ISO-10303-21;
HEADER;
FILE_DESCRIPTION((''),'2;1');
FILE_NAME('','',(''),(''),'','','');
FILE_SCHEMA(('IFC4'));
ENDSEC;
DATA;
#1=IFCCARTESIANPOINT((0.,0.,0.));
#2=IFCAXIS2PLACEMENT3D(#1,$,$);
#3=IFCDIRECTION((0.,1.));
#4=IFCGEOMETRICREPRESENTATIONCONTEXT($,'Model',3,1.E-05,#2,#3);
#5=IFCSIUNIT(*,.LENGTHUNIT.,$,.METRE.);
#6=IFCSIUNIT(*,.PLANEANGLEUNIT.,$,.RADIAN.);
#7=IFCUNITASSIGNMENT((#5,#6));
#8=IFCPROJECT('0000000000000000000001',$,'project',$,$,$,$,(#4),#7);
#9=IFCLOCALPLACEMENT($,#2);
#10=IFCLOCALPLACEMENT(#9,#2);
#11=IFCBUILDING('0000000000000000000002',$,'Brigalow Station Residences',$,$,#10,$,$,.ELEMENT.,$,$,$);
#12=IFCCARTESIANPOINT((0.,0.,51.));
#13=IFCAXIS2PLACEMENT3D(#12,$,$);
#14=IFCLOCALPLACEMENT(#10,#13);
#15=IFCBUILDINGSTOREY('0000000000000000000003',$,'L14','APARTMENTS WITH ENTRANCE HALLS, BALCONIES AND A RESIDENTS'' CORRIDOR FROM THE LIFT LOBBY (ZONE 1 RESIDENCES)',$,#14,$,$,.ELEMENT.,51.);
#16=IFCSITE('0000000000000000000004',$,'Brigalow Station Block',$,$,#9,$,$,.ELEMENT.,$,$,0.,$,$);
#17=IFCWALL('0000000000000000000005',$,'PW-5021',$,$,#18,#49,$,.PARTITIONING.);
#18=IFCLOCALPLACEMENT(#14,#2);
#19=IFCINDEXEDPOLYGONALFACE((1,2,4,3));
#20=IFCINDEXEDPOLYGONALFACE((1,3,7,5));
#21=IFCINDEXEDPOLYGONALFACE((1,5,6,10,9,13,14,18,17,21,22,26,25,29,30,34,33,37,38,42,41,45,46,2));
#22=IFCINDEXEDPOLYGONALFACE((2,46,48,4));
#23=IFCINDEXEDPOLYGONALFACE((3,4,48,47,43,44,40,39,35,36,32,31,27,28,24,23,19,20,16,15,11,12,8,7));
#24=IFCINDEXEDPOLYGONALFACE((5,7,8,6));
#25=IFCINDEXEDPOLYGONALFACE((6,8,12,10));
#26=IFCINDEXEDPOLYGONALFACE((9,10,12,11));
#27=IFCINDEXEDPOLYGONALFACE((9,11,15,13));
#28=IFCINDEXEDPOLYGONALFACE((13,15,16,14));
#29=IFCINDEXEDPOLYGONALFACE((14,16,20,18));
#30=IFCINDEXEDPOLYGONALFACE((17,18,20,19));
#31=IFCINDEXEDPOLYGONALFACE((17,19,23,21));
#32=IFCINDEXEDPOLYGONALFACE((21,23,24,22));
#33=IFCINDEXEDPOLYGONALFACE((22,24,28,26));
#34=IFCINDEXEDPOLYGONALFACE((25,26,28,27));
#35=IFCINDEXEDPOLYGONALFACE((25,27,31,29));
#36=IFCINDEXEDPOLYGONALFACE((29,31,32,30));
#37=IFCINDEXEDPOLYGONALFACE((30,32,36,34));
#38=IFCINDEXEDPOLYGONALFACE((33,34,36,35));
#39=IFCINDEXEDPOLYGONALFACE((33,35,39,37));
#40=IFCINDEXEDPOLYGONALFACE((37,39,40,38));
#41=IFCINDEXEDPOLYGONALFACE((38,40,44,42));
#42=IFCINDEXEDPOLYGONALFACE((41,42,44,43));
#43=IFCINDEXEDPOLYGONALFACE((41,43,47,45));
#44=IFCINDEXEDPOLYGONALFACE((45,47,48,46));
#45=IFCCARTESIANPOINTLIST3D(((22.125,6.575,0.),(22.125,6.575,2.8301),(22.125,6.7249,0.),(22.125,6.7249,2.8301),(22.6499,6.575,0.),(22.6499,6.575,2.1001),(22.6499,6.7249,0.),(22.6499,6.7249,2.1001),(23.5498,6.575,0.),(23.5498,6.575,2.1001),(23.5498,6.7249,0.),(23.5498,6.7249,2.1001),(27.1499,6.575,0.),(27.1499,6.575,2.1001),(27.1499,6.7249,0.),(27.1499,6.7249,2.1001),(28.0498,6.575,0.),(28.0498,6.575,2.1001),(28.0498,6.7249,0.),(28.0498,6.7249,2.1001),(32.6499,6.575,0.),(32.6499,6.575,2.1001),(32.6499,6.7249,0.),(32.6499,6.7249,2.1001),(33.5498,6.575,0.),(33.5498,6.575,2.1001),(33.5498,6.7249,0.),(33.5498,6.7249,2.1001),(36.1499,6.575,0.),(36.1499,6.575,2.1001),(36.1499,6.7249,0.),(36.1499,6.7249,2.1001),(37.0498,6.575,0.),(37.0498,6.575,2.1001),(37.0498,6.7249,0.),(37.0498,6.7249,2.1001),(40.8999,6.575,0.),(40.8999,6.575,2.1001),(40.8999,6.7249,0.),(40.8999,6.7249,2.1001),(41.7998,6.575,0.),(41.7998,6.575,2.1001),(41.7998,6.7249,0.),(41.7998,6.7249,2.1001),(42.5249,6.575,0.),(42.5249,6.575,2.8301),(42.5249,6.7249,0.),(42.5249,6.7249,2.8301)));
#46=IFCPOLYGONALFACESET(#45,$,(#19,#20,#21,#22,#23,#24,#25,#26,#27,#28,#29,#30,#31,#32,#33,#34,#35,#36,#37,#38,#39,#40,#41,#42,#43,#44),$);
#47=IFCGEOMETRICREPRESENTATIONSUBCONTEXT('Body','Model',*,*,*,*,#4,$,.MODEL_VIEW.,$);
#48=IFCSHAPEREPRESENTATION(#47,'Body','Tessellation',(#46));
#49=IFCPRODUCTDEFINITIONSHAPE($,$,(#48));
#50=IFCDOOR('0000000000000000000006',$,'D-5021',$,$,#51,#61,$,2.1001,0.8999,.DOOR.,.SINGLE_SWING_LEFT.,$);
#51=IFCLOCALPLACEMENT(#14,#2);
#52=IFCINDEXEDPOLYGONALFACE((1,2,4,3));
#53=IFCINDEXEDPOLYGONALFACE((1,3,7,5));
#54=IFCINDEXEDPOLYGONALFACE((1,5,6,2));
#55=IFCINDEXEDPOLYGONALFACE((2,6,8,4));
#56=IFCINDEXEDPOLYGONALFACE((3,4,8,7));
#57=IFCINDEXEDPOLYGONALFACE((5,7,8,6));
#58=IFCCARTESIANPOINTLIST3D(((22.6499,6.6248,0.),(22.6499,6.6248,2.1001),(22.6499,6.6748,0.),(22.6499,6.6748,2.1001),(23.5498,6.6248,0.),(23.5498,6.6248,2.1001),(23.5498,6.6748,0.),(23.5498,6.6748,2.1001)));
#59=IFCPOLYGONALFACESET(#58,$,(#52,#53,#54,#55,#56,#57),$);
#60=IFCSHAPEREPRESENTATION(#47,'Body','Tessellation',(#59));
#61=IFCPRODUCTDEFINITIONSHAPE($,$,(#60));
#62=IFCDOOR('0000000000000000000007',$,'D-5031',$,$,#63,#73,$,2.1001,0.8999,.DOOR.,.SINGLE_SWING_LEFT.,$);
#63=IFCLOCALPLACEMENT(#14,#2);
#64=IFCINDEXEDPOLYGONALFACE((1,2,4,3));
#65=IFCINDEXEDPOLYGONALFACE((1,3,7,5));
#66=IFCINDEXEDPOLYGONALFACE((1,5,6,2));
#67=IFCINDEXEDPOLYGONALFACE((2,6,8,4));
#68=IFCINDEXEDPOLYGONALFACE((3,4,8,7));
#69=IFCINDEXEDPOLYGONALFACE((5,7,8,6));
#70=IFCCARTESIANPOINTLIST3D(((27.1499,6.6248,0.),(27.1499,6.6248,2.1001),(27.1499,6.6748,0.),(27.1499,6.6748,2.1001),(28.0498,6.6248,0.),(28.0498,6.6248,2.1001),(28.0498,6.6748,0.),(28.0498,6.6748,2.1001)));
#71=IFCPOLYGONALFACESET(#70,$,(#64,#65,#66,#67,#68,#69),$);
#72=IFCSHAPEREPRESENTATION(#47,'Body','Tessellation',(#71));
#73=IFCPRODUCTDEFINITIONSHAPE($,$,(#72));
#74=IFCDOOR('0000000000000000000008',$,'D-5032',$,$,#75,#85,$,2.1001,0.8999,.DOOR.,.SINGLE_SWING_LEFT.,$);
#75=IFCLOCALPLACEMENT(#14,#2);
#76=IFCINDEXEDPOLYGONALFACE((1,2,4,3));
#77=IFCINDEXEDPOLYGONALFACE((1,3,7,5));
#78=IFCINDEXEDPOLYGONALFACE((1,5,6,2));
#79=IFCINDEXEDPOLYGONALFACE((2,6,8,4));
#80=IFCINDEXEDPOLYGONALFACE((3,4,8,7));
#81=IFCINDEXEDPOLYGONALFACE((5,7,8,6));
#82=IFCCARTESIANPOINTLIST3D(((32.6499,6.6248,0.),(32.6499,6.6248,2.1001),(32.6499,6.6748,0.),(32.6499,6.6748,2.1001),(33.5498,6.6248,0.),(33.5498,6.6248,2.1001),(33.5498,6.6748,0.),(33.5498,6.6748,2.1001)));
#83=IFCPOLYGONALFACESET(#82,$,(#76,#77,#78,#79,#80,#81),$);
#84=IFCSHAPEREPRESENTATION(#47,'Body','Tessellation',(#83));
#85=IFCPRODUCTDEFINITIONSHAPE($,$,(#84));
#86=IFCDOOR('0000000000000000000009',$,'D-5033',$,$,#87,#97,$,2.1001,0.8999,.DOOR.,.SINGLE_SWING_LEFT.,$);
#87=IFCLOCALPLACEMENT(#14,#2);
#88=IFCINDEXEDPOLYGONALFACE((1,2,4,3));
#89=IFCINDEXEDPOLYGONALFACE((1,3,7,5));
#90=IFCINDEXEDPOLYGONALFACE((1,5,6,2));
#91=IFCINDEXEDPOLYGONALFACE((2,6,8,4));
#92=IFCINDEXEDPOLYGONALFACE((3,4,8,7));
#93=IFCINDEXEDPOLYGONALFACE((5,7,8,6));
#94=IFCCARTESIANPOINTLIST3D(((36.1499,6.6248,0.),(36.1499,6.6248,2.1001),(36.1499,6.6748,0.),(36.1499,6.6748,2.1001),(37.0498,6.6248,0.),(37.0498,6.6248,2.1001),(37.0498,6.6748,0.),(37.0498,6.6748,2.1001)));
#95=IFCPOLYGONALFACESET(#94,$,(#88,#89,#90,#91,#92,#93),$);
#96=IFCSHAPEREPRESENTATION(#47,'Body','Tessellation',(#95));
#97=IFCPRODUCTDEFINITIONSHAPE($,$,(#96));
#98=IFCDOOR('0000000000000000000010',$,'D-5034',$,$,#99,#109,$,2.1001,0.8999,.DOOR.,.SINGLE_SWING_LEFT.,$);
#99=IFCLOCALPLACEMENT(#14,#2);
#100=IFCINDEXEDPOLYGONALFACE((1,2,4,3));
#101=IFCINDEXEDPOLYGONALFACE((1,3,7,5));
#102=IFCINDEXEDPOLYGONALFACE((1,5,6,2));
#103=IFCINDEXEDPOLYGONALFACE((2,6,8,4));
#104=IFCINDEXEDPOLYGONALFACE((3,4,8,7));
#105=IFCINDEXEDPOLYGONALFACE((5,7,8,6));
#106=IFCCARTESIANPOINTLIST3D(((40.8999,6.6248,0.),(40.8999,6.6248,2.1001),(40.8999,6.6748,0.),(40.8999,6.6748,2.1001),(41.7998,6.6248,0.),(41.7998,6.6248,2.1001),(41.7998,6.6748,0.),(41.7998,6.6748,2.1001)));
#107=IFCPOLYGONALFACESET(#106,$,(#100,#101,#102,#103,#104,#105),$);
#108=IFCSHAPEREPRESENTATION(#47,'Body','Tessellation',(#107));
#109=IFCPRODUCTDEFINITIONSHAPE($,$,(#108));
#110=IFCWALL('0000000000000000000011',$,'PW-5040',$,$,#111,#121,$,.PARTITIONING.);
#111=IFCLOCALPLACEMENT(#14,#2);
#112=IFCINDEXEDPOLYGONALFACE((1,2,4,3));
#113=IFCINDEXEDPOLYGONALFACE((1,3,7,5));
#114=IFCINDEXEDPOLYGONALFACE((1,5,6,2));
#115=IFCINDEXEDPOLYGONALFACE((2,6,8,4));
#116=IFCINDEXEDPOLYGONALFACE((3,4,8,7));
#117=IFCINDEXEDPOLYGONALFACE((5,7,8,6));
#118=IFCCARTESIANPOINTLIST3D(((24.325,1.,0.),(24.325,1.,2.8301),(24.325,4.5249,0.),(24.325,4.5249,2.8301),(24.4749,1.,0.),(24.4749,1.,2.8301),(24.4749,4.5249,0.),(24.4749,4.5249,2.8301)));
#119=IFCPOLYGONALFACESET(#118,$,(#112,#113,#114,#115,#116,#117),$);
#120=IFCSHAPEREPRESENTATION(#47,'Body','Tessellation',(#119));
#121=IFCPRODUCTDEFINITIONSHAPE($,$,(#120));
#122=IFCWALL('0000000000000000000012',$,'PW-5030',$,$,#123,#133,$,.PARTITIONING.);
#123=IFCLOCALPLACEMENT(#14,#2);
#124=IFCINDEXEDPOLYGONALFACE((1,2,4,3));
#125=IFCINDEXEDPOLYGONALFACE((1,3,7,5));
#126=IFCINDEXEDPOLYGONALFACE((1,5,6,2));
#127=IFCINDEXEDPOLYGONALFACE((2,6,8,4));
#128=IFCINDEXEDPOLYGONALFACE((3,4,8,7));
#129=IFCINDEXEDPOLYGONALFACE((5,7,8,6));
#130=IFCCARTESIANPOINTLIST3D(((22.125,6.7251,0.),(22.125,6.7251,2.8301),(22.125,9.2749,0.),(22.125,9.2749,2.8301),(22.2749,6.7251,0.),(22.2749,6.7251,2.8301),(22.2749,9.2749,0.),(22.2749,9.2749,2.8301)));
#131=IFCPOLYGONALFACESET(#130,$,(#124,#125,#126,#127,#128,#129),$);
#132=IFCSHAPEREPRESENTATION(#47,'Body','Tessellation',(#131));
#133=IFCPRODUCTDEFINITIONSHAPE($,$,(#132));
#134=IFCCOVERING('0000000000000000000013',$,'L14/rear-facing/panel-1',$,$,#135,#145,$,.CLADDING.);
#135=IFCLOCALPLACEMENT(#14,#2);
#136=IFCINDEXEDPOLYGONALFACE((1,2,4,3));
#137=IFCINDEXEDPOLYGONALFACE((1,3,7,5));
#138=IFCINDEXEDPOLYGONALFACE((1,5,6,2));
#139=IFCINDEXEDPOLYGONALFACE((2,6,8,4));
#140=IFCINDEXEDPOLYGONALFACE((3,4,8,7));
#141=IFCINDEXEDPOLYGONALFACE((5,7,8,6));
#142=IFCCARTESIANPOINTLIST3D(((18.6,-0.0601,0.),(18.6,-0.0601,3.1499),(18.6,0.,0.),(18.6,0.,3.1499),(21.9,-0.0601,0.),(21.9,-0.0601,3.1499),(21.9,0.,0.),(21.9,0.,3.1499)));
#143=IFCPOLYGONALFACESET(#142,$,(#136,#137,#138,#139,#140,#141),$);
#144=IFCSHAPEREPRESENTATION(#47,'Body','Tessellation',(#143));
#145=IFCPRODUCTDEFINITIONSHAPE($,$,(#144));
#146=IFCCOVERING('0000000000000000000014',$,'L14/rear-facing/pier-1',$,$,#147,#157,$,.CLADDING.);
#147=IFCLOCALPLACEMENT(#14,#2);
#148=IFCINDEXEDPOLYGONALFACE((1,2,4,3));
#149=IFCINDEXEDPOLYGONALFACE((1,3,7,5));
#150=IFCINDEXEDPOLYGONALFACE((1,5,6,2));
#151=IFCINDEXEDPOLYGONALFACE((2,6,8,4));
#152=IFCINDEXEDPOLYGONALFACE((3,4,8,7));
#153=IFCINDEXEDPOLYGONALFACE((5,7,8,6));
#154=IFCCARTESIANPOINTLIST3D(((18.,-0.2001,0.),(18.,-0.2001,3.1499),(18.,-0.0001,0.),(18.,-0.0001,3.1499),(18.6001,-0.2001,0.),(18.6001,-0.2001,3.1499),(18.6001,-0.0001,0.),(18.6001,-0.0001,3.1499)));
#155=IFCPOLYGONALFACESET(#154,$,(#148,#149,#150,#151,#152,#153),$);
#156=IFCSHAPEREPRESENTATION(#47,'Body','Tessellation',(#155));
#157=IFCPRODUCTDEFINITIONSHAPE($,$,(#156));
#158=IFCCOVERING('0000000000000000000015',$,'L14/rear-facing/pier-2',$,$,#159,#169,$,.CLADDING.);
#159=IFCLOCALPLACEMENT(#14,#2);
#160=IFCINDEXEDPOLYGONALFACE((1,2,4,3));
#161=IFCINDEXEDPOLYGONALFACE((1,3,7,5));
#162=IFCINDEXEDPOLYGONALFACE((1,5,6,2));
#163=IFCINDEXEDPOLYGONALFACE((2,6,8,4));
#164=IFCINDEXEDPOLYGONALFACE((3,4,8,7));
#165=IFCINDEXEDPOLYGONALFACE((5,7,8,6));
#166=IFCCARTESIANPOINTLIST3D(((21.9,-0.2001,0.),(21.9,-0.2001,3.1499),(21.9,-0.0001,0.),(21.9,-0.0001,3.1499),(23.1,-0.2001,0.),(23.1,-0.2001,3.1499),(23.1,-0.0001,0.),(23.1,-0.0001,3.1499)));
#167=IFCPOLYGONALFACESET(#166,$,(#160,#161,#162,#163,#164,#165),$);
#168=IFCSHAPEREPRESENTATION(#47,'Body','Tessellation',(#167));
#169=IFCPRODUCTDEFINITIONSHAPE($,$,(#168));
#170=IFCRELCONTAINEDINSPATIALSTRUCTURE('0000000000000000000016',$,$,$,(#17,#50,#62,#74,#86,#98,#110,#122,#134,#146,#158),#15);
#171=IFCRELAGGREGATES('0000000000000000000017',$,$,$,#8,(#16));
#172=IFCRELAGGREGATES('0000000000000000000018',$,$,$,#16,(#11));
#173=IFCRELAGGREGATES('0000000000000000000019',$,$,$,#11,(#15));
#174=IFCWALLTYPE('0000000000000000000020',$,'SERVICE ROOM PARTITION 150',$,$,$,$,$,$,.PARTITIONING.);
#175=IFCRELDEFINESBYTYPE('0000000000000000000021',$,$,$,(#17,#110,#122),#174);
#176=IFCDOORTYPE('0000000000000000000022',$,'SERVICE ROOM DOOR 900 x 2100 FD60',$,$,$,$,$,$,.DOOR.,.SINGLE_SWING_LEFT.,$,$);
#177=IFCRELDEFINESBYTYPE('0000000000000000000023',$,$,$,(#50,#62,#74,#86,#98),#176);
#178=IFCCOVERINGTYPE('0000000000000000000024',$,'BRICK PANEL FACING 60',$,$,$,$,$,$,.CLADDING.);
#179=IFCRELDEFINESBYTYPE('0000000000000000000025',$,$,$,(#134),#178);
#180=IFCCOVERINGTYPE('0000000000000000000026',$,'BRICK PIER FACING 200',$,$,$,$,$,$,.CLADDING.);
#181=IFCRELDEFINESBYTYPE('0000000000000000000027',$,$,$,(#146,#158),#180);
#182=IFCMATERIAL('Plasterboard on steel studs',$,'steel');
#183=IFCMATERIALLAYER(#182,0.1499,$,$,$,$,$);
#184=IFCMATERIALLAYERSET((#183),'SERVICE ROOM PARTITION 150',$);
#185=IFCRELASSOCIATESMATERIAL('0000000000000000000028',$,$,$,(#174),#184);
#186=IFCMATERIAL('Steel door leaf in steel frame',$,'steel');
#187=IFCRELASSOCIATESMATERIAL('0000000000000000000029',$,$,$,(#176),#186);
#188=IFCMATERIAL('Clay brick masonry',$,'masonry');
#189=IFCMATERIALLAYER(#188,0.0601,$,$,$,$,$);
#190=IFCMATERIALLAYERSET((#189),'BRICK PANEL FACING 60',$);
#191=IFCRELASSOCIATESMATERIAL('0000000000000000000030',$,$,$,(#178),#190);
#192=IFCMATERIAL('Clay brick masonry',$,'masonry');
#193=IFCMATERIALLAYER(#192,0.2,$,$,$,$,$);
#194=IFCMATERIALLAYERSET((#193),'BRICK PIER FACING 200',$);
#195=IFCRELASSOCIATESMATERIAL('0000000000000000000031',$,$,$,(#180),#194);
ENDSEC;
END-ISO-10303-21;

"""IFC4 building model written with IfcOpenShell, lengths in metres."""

from ifc_helpers import new_model, si_unit, direction, frame, frame_2d, origin, origin_2d, place, context, subcontext, project, spatial, rectangle, extrude, material, layer, layer_set, type_object, element, fill, save


model = new_model("IFC4")

# Units and contexts
model_context = context("Model", 3, precision=1e-05, world=origin(), true_north=direction((0.0, 1.0)))
body_context = subcontext(model_context, "Body", "Model", "MODEL_VIEW")
ifc_project = project(units=[si_unit("LENGTHUNIT", "METRE"), si_unit("PLANEANGLEUNIT", "RADIAN")], contexts=[model_context])

# Site, building, storey
site_placement = place(None, origin())
site = spatial("IfcSite", under=ifc_project, at=site_placement, Name="Brigalow Station Block", CompositionType="ELEMENT", RefElevation=0.0)
building_placement = place(site_placement, origin())
building = spatial("IfcBuilding", under=site, at=building_placement, Name="Brigalow Station Residences", CompositionType="ELEMENT")
storey_placement = place(building_placement, frame((0.0, 0.0, 51.0)))
storey = spatial("IfcBuildingStorey", under=building, at=storey_placement, Name="L14", Description="APARTMENTS WITH ENTRANCE HALLS, BALCONIES AND A RESIDENTS' CORRIDOR FROM THE LIFT LOBBY (ZONE 1 RESIDENCES)", CompositionType="ELEMENT", Elevation=51.0)

# Wall, openings, doors
ifc_material_1 = material(Name="Plasterboard on steel studs", Category="steel")
ifc_layer_1 = layer(ifc_material_1, 0.1499)
ifc_layer_set_1 = layer_set([ifc_layer_1], Name="SERVICE ROOM PARTITION 150")
wall_type_1 = type_object("IfcWallType", Name="SERVICE ROOM PARTITION 150", PredefinedType="PARTITIONING", material=ifc_layer_set_1)
ifc_material_2 = material(Name="Steel door leaf in steel frame", Category="steel")
door_type = type_object("IfcDoorType", Name="SERVICE ROOM DOOR 900 x 2100 FD60", OperationType="SINGLE_SWING_LEFT", PredefinedType="DOOR", material=ifc_material_2)
wall_1_placement = place(storey_placement, frame((22.125, 6.6499, 0.0), z_axis=(0.0, 0.0, 1.0), x_axis=(1.0, 0.0, 0.0)))
wall_1 = element("IfcWall", 1, at=wall_1_placement, inside=storey, type_object=wall_type_1, Name="PW-5021", PredefinedType="PARTITIONING", context=body_context, shape_type="SweptSolid", body=[
    extrude(rectangle(XDim=20.3999, YDim=0.1499, at=frame_2d((10.2, 0.0))), origin(), (0.0, 0.0, 1.0), 2.8301),
])
opening_1_placement = place(wall_1_placement, frame((0.5249, 0.0, 0.0)))
opening_1 = element("IfcOpeningElement", 2, at=opening_1_placement, cuts=wall_1, PredefinedType="OPENING", context=body_context, shape_type="SweptSolid", body=[
    extrude(rectangle(XDim=0.8999, YDim=2.1001, at=frame_2d((0.45, 1.05))), frame((0.0, 0.085, 0.0), z_axis=(0.0, -1.0, 0.0), x_axis=(1.0, 0.0, 0.0)), (0.0, 0.0, 1.0), 0.1699),
])
opening_2_placement = place(wall_1_placement, frame((5.0249, 0.0, 0.0)))
opening_2 = element("IfcOpeningElement", 3, at=opening_2_placement, cuts=wall_1, PredefinedType="OPENING", context=body_context, shape_type="SweptSolid", body=[
    extrude(rectangle(XDim=0.8999, YDim=2.1001, at=frame_2d((0.45, 1.05))), frame((0.0, 0.085, 0.0), z_axis=(0.0, -1.0, 0.0), x_axis=(1.0, 0.0, 0.0)), (0.0, 0.0, 1.0), 0.1699),
])
opening_3_placement = place(wall_1_placement, frame((10.5249, 0.0, 0.0)))
opening_3 = element("IfcOpeningElement", 4, at=opening_3_placement, cuts=wall_1, PredefinedType="OPENING", context=body_context, shape_type="SweptSolid", body=[
    extrude(rectangle(XDim=0.8999, YDim=2.1001, at=frame_2d((0.45, 1.05))), frame((0.0, 0.085, 0.0), z_axis=(0.0, -1.0, 0.0), x_axis=(1.0, 0.0, 0.0)), (0.0, 0.0, 1.0), 0.1699),
])
opening_4_placement = place(wall_1_placement, frame((14.0249, 0.0, 0.0)))
opening_4 = element("IfcOpeningElement", 5, at=opening_4_placement, cuts=wall_1, PredefinedType="OPENING", context=body_context, shape_type="SweptSolid", body=[
    extrude(rectangle(XDim=0.8999, YDim=2.1001, at=frame_2d((0.45, 1.05))), frame((0.0, 0.085, 0.0), z_axis=(0.0, -1.0, 0.0), x_axis=(1.0, 0.0, 0.0)), (0.0, 0.0, 1.0), 0.1699),
])
opening_5_placement = place(wall_1_placement, frame((18.7749, 0.0, 0.0)))
opening_5 = element("IfcOpeningElement", 6, at=opening_5_placement, cuts=wall_1, PredefinedType="OPENING", context=body_context, shape_type="SweptSolid", body=[
    extrude(rectangle(XDim=0.8999, YDim=2.1001, at=frame_2d((0.45, 1.05))), frame((0.0, 0.085, 0.0), z_axis=(0.0, -1.0, 0.0), x_axis=(1.0, 0.0, 0.0)), (0.0, 0.0, 1.0), 0.1699),
])
door_1_placement = place(opening_1_placement, origin())
door_1 = element("IfcDoor", 7, at=door_1_placement, inside=storey, type_object=door_type, Name="D-5021", OperationType="SINGLE_SWING_LEFT", OverallHeight=2.1001, OverallWidth=0.8999, PredefinedType="DOOR", context=body_context, shape_type="SweptSolid", body=[
    extrude(rectangle(XDim=0.8999, YDim=2.1001, at=frame_2d((0.45, 1.05))), frame((0.0, 0.0249, 0.0), z_axis=(0.0, -1.0, 0.0), x_axis=(1.0, 0.0, 0.0)), (0.0, 0.0, 1.0), 0.05),
])
fill(opening_1, door_1)
door_2_placement = place(opening_2_placement, origin())
door_2 = element("IfcDoor", 8, at=door_2_placement, inside=storey, type_object=door_type, Name="D-5031", OperationType="SINGLE_SWING_LEFT", OverallHeight=2.1001, OverallWidth=0.8999, PredefinedType="DOOR", context=body_context, shape_type="SweptSolid", body=[
    extrude(rectangle(XDim=0.8999, YDim=2.1001, at=frame_2d((0.45, 1.05))), frame((0.0, 0.0249, 0.0), z_axis=(0.0, -1.0, 0.0), x_axis=(1.0, 0.0, 0.0)), (0.0, 0.0, 1.0), 0.05),
])
fill(opening_2, door_2)
door_3_placement = place(opening_3_placement, origin())
door_3 = element("IfcDoor", 9, at=door_3_placement, inside=storey, type_object=door_type, Name="D-5032", OperationType="SINGLE_SWING_LEFT", OverallHeight=2.1001, OverallWidth=0.8999, PredefinedType="DOOR", context=body_context, shape_type="SweptSolid", body=[
    extrude(rectangle(XDim=0.8999, YDim=2.1001, at=frame_2d((0.45, 1.05))), frame((0.0, 0.0249, 0.0), z_axis=(0.0, -1.0, 0.0), x_axis=(1.0, 0.0, 0.0)), (0.0, 0.0, 1.0), 0.05),
])
fill(opening_3, door_3)
door_4_placement = place(opening_4_placement, origin())
door_4 = element("IfcDoor", 10, at=door_4_placement, inside=storey, type_object=door_type, Name="D-5033", OperationType="SINGLE_SWING_LEFT", OverallHeight=2.1001, OverallWidth=0.8999, PredefinedType="DOOR", context=body_context, shape_type="SweptSolid", body=[
    extrude(rectangle(XDim=0.8999, YDim=2.1001, at=frame_2d((0.45, 1.05))), frame((0.0, 0.0249, 0.0), z_axis=(0.0, -1.0, 0.0), x_axis=(1.0, 0.0, 0.0)), (0.0, 0.0, 1.0), 0.05),
])
fill(opening_4, door_4)
door_5_placement = place(opening_5_placement, origin())
door_5 = element("IfcDoor", 11, at=door_5_placement, inside=storey, type_object=door_type, Name="D-5034", OperationType="SINGLE_SWING_LEFT", OverallHeight=2.1001, OverallWidth=0.8999, PredefinedType="DOOR", context=body_context, shape_type="SweptSolid", body=[
    extrude(rectangle(XDim=0.8999, YDim=2.1001, at=frame_2d((0.45, 1.05))), frame((0.0, 0.0249, 0.0), z_axis=(0.0, -1.0, 0.0), x_axis=(1.0, 0.0, 0.0)), (0.0, 0.0, 1.0), 0.05),
])
fill(opening_5, door_5)

# Walls
wall_2_placement = place(storey_placement, frame((24.3999, 1.0, 0.0), z_axis=(0.0, 0.0, 1.0), x_axis=(0.0, 1.0, 0.0)))
element("IfcWall", 12, at=wall_2_placement, inside=storey, type_object=wall_type_1, Name="PW-5040", PredefinedType="PARTITIONING", context=body_context, shape_type="SweptSolid", body=[
    extrude(rectangle(XDim=3.5249, YDim=0.1499, at=frame_2d((1.7625, 0.0))), origin(), (0.0, 0.0, 1.0), 2.8301),
])
wall_3_placement = place(storey_placement, frame((22.2, 6.7251, 0.0), z_axis=(0.0, 0.0, 1.0), x_axis=(0.0, 1.0, 0.0)))
element("IfcWall", 13, at=wall_3_placement, inside=storey, type_object=wall_type_1, Name="PW-5030", PredefinedType="PARTITIONING", context=body_context, shape_type="SweptSolid", body=[
    extrude(rectangle(XDim=2.5498, YDim=0.1499, at=frame_2d((1.2749, 0.0))), origin(), (0.0, 0.0, 1.0), 2.8301),
])

# Coverings
ifc_material_3 = material(Name="Clay brick masonry", Category="masonry")
ifc_layer_2 = layer(ifc_material_3, 0.0601)
ifc_layer_set_2 = layer_set([ifc_layer_2], Name="BRICK PANEL FACING 60")
covering_type_1 = type_object("IfcCoveringType", Name="BRICK PANEL FACING 60", PredefinedType="CLADDING", material=ifc_layer_set_2)
covering_1_placement = place(storey_placement, frame((20.25, -0.03, 0.0), z_axis=(0.0, 0.0, 1.0), x_axis=(1.0, 0.0, 0.0)))
element("IfcCovering", 14, at=covering_1_placement, inside=storey, type_object=covering_type_1, Name="L14/rear-facing/panel-1", PredefinedType="CLADDING", context=body_context, shape_type="SweptSolid", body=[
    extrude(rectangle(XDim=3.3, YDim=0.0601, at=origin_2d()), origin(), (0.0, 0.0, 1.0), 3.1499),
])
ifc_material_4 = material(Name="Clay brick masonry", Category="masonry")
ifc_layer_3 = layer(ifc_material_4, 0.2)
ifc_layer_set_3 = layer_set([ifc_layer_3], Name="BRICK PIER FACING 200")
covering_type_2 = type_object("IfcCoveringType", Name="BRICK PIER FACING 200", PredefinedType="CLADDING", material=ifc_layer_set_3)
covering_2_placement = place(storey_placement, frame((18.3, -0.1001, 0.0), z_axis=(0.0, 0.0, 1.0), x_axis=(1.0, 0.0, 0.0)))
element("IfcCovering", 15, at=covering_2_placement, inside=storey, type_object=covering_type_2, Name="L14/rear-facing/pier-1", PredefinedType="CLADDING", context=body_context, shape_type="SweptSolid", body=[
    extrude(rectangle(XDim=0.6001, YDim=0.2, at=origin_2d()), origin(), (0.0, 0.0, 1.0), 3.1499),
])
covering_3_placement = place(storey_placement, frame((22.5, -0.1001, 0.0), z_axis=(0.0, 0.0, 1.0), x_axis=(1.0, 0.0, 0.0)))
element("IfcCovering", 16, at=covering_3_placement, inside=storey, type_object=covering_type_2, Name="L14/rear-facing/pier-2", PredefinedType="CLADDING", context=body_context, shape_type="SweptSolid", body=[
    extrude(rectangle(XDim=1.2, YDim=0.2, at=origin_2d()), origin(), (0.0, 0.0, 1.0), 3.1499),
])

save(model, "model.ifc")
